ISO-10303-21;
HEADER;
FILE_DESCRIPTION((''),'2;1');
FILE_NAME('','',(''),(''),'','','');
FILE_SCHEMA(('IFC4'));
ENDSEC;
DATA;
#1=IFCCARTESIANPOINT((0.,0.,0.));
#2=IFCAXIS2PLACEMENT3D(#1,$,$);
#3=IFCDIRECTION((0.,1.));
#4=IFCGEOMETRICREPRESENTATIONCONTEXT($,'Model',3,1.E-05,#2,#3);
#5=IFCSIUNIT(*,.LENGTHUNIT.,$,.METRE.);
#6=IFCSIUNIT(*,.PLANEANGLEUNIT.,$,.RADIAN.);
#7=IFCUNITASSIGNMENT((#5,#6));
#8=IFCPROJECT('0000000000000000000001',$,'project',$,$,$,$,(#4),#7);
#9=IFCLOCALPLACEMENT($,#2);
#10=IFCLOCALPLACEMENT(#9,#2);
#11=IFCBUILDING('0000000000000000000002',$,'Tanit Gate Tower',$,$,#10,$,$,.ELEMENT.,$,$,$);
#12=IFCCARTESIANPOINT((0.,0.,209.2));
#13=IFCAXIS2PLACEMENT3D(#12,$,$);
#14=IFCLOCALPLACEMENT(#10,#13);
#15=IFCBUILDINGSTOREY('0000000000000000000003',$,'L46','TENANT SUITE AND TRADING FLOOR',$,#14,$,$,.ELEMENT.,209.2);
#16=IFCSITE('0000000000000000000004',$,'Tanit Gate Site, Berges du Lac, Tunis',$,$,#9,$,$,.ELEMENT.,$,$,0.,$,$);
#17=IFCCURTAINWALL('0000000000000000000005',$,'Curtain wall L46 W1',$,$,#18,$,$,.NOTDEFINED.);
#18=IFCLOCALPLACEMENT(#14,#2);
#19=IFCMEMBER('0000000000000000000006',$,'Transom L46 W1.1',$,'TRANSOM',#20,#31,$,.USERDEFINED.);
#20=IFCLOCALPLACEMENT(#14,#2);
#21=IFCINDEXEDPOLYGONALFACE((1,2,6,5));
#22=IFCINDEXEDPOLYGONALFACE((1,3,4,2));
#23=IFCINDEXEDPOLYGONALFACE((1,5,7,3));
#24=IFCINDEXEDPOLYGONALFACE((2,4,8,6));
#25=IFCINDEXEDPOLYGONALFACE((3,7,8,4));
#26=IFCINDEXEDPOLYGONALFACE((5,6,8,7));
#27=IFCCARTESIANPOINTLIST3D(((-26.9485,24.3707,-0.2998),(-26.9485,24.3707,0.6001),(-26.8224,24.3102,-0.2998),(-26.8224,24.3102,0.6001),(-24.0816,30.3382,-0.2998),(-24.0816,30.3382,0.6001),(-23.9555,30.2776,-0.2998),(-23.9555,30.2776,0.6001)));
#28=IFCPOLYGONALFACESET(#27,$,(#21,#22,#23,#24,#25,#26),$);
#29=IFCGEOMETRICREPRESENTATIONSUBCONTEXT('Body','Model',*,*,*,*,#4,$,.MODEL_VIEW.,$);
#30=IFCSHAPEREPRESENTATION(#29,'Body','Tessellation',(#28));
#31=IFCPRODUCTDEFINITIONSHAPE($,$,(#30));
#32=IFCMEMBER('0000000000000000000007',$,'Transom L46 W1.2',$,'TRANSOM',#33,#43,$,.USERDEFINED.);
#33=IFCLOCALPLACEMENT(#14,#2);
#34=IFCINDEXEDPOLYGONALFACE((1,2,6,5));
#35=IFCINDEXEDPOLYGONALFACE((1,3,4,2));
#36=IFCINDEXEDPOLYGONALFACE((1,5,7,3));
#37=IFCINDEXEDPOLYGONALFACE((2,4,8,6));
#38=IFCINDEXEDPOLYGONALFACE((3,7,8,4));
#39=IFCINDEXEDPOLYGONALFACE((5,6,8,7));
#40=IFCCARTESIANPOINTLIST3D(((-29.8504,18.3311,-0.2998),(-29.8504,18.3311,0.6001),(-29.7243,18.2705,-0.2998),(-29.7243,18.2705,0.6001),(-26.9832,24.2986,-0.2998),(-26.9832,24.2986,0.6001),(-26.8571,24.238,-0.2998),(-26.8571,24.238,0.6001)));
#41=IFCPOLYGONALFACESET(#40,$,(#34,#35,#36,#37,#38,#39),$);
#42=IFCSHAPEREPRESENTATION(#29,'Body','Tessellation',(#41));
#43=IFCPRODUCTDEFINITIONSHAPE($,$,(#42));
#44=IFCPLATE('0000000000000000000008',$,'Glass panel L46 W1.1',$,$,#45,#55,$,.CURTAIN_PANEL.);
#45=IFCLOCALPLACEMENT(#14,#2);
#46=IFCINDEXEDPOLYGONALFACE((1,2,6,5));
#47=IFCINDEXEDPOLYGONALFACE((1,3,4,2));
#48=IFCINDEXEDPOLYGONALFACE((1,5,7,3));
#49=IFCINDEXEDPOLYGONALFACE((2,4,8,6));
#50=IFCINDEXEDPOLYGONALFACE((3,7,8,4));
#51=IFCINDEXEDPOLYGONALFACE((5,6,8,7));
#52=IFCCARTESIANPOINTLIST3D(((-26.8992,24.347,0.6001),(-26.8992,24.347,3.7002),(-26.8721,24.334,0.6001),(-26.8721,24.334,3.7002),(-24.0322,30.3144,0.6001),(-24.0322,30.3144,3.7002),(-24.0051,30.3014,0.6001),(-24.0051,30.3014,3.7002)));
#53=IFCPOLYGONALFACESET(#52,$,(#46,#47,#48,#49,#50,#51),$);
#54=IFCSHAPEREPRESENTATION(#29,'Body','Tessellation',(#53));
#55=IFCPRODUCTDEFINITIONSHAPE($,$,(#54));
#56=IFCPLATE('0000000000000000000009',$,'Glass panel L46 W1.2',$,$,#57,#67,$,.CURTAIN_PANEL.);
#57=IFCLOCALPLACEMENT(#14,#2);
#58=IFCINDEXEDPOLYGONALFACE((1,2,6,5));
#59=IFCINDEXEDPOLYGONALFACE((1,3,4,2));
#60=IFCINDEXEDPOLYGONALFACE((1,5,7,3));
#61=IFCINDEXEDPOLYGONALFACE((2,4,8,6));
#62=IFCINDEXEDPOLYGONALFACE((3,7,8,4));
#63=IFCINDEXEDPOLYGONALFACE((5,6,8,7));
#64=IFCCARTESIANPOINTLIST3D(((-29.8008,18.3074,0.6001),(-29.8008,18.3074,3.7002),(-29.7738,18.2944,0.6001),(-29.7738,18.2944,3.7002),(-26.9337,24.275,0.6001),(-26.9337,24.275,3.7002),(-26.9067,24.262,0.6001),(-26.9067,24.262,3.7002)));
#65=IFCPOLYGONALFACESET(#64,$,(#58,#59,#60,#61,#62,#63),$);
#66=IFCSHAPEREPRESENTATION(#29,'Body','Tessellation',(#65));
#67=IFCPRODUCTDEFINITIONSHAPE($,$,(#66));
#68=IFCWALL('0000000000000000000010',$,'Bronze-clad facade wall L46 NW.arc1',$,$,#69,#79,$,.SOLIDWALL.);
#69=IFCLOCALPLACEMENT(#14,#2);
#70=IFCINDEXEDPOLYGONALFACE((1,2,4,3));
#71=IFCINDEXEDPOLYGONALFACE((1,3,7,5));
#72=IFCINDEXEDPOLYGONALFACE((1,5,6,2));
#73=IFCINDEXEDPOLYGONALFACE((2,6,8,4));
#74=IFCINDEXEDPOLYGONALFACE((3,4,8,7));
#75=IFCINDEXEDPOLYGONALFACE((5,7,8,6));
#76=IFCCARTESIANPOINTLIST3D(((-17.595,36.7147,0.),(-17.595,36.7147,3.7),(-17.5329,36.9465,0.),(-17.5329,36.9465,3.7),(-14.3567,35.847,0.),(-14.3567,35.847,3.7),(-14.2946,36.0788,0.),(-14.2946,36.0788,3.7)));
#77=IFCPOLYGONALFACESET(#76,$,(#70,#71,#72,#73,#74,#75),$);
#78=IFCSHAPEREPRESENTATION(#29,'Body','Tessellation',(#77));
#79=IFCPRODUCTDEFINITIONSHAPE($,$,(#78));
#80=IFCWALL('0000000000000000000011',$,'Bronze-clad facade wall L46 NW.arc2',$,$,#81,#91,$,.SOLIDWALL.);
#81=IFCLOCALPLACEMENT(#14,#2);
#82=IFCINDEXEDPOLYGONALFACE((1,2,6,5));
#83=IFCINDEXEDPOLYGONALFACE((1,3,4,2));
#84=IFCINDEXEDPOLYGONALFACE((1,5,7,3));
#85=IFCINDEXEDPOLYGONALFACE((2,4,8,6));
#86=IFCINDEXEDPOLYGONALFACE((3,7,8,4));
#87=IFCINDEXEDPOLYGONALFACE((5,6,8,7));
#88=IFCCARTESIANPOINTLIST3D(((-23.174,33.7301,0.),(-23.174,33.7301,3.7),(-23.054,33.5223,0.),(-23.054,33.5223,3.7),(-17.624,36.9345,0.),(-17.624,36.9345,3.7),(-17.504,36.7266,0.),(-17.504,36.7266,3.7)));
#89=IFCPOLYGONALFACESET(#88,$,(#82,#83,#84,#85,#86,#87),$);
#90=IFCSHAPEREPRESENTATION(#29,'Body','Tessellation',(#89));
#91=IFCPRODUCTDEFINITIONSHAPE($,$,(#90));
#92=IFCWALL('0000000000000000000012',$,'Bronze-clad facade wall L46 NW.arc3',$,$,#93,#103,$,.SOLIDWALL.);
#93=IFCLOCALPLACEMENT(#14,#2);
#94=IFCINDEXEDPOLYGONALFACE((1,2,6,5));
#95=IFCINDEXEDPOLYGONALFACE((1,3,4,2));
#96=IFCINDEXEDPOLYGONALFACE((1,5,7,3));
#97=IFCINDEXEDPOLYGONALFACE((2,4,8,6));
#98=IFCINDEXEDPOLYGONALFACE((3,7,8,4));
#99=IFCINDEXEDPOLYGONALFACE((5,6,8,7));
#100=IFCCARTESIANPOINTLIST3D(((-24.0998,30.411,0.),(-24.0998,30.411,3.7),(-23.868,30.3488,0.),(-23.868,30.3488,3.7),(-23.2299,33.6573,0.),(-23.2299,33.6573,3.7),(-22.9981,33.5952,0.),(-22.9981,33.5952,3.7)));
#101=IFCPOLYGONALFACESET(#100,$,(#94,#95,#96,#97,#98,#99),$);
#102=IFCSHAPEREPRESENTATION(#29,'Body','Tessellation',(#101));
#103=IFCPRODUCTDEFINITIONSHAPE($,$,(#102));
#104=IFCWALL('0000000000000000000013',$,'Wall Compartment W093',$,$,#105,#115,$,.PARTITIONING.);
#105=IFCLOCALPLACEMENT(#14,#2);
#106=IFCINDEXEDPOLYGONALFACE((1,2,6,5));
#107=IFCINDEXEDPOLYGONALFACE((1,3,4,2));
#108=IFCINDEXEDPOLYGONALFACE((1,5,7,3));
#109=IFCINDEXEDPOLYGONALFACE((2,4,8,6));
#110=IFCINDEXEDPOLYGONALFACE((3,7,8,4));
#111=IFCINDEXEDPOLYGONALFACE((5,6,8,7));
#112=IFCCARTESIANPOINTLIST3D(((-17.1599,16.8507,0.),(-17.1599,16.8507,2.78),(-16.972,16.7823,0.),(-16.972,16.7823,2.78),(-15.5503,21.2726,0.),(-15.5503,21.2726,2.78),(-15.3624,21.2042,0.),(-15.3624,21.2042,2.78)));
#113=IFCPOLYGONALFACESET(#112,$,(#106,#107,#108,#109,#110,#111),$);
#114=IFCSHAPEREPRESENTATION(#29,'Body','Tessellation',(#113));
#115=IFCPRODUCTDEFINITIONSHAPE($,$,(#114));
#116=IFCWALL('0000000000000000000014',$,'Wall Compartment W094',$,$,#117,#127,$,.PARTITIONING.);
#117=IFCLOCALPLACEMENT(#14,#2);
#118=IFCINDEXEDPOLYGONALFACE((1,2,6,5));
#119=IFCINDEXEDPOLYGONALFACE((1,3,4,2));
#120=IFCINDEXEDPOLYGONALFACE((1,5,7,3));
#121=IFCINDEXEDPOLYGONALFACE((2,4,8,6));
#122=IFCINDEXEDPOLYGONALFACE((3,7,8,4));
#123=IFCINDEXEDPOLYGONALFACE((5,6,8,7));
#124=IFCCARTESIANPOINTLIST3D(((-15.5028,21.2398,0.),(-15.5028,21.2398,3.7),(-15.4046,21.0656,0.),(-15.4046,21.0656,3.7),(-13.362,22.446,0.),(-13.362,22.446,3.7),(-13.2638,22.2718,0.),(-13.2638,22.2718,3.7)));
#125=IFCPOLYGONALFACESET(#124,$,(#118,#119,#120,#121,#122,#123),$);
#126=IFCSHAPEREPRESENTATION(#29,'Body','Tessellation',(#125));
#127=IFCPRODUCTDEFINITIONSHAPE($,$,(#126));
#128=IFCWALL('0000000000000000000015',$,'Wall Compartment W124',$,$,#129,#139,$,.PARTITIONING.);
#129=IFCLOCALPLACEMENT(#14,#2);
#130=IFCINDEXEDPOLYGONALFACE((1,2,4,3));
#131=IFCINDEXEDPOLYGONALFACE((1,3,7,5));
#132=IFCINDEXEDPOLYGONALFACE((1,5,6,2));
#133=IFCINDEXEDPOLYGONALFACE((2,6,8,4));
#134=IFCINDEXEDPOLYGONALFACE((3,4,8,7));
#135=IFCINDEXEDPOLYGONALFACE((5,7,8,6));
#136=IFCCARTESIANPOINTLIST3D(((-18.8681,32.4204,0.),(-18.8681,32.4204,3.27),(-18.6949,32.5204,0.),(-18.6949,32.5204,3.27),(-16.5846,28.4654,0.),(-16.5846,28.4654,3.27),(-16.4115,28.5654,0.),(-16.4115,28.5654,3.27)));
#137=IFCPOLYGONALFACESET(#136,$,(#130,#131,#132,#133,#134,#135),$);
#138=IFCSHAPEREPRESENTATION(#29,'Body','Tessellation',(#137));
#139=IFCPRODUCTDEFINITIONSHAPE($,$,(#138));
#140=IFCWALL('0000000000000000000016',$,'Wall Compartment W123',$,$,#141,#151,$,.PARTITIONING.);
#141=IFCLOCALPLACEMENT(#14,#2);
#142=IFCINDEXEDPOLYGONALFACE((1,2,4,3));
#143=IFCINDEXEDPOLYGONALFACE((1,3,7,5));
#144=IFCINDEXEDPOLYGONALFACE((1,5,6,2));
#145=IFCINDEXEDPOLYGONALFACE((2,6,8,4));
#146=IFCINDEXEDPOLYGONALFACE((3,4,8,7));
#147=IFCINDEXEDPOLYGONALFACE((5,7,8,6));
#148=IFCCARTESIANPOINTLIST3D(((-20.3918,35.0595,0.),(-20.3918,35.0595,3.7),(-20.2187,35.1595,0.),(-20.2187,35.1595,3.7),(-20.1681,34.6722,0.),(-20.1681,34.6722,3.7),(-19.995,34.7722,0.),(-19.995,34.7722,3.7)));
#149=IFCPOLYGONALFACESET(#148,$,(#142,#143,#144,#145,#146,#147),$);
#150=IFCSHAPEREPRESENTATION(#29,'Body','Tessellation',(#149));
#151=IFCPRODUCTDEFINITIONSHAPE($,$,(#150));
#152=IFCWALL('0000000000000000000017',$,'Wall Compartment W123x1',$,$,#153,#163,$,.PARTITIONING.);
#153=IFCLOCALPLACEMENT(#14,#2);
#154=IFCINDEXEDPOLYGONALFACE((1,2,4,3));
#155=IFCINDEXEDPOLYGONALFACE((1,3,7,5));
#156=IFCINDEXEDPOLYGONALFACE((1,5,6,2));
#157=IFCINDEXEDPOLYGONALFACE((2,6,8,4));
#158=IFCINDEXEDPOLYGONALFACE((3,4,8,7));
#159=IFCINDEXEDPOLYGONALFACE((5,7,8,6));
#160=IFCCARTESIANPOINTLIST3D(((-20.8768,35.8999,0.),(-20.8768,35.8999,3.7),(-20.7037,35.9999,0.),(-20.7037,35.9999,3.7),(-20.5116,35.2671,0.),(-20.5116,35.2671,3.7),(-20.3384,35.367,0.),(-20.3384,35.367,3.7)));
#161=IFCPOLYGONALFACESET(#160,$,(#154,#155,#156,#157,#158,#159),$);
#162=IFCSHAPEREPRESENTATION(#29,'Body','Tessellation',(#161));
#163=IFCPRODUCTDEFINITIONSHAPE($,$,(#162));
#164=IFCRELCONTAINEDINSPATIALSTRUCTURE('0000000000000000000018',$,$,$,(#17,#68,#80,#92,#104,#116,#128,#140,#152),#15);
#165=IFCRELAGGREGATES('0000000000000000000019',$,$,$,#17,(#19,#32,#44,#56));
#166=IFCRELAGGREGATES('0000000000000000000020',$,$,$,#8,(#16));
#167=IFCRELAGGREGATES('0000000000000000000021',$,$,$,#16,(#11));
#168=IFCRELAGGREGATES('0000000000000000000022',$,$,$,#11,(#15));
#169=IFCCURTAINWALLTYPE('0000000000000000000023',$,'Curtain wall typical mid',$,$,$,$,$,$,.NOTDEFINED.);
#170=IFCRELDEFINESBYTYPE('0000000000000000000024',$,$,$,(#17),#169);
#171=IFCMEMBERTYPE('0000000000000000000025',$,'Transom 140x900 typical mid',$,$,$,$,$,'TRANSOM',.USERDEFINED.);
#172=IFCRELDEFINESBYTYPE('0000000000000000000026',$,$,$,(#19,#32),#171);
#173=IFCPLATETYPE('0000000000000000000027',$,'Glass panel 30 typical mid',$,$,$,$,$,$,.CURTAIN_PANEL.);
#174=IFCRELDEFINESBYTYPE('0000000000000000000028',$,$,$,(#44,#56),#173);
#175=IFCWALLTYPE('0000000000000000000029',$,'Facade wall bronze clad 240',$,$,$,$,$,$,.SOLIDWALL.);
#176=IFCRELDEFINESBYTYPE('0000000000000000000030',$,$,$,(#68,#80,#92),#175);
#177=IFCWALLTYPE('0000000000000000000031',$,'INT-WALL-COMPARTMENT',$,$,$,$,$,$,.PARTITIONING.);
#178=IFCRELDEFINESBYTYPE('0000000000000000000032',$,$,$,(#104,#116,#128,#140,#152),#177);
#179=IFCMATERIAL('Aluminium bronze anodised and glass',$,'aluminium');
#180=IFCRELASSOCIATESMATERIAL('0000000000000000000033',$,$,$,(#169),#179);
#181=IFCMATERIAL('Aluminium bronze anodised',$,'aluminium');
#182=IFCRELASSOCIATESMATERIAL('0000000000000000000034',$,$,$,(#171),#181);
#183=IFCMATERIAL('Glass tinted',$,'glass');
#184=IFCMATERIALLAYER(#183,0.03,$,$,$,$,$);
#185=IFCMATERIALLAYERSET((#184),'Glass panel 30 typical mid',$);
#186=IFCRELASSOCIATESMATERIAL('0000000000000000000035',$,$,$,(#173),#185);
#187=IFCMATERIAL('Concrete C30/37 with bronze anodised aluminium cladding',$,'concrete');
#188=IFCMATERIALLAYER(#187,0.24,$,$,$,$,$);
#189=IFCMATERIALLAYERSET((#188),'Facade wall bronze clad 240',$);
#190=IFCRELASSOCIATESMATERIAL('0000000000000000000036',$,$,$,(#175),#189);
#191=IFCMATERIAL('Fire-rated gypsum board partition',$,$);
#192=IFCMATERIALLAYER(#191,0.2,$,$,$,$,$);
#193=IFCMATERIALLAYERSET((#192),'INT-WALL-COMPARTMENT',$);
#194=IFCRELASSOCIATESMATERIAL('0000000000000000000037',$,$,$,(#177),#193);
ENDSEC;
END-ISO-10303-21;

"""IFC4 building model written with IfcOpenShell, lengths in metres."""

from ifc_helpers import new_model, si_unit, direction, frame, frame_2d, origin, origin_2d, place, context, subcontext, project, spatial, rectangle, extrude, material, layer, layer_set, material_profile, profile_set, type_object, element, aggregate, save


model = new_model("IFC4")

# Units and contexts
model_context = context("Model", 3, precision=1e-05, world=origin(), true_north=direction((0.0, 1.0)))
body_context = subcontext(model_context, "Body", "Model", "MODEL_VIEW")
ifc_project = project(units=[si_unit("LENGTHUNIT", "METRE"), si_unit("PLANEANGLEUNIT", "RADIAN")], contexts=[model_context])

# Site, building, storey
site_placement = place(None, origin())
site = spatial("IfcSite", under=ifc_project, at=site_placement, Name="Tanit Gate Site, Berges du Lac, Tunis", CompositionType="ELEMENT", RefElevation=0.0)
building_placement = place(site_placement, origin())
building = spatial("IfcBuilding", under=site, at=building_placement, Name="Tanit Gate Tower", CompositionType="ELEMENT")
storey_placement = place(building_placement, frame((0.0, 0.0, 209.2)))
storey = spatial("IfcBuildingStorey", under=building, at=storey_placement, Name="L46", Description="TENANT SUITE AND TRADING FLOOR", CompositionType="ELEMENT", Elevation=209.2)

# Curtain wall
ifc_material_1 = material(Name="Aluminium bronze anodised and glass", Category="aluminium")
curtain_wall_type = type_object("IfcCurtainWallType", Name="Curtain wall typical mid", PredefinedType="NOTDEFINED", material=ifc_material_1)
curtain_wall_1_placement = place(storey_placement, origin())
curtain_wall_1 = element("IfcCurtainWall", 1, at=curtain_wall_1_placement, inside=storey, type_object=curtain_wall_type, Name="Curtain wall L46 W1", PredefinedType="NOTDEFINED")

# Members
ifc_material_2 = material(Name="Aluminium bronze anodised", Category="aluminium")
ifc_material_profile_1 = material_profile(ifc_material_2, rectangle(XDim=0.1399, YDim=0.8999, at=origin_2d()), Name="140x900 bronze transom")
ifc_profile_set_1 = profile_set([ifc_material_profile_1], Name="Aluminium bronze anodised")
member_type_1 = type_object("IfcMemberType", Name="Transom 140x900 typical mid", ElementType="TRANSOM", PredefinedType="USERDEFINED", material=ifc_profile_set_1)
member_1_placement = place(storey_placement, frame((-24.0186, 30.3079, 0.1501), z_axis=(-0.433042, -0.901374, 0.0), x_axis=(0.901374, -0.433042, 0.0)))
member_1 = element("IfcMember", 2, at=member_1_placement, type_object=member_type_1, Name="Transom L46 W1.1", ObjectType="TRANSOM", PredefinedType="USERDEFINED", context=body_context, shape_type="SweptSolid", body=[
    extrude(rectangle(XDim=0.1399, YDim=0.8999, at=origin_2d()), origin(), (0.0, 0.0, 1.0), 6.6204),
])
member_2_placement = place(storey_placement, frame((-26.9202, 24.2683, 0.1501), z_axis=(-0.433072, -0.90136, 0.0), x_axis=(0.90136, -0.433072, 0.0)))
member_2 = element("IfcMember", 3, at=member_2_placement, type_object=member_type_1, Name="Transom L46 W1.2", ObjectType="TRANSOM", PredefinedType="USERDEFINED", context=body_context, shape_type="SweptSolid", body=[
    extrude(rectangle(XDim=0.1399, YDim=0.8999, at=origin_2d()), origin(), (0.0, 0.0, 1.0), 6.6206),
])

# Plates
ifc_material_3 = material(Name="Glass tinted", Category="glass")
ifc_layer_1 = layer(ifc_material_3, 0.03)
ifc_layer_set_1 = layer_set([ifc_layer_1], Name="Glass panel 30 typical mid")
plate_type = type_object("IfcPlateType", Name="Glass panel 30 typical mid", PredefinedType="CURTAIN_PANEL", material=ifc_layer_set_1)
plate_1_placement = place(storey_placement, frame((-25.4521, 27.3242, 0.6001), z_axis=(0.0, 0.0, 1.0), x_axis=(-0.433057, -0.901367, 0.0)))
plate_1 = element("IfcPlate", 4, at=plate_1_placement, type_object=plate_type, Name="Glass panel L46 W1.1", PredefinedType="CURTAIN_PANEL", context=body_context, shape_type="SweptSolid", body=[
    extrude(rectangle(XDim=6.6204, YDim=0.03, at=origin_2d()), origin(), (0.0, 0.0, 1.0), 3.1001),
])
plate_2_placement = place(storey_placement, frame((-28.3538, 21.2847, 0.6001), z_axis=(0.0, 0.0, 1.0), x_axis=(-0.433057, -0.901367, 0.0)))
plate_2 = element("IfcPlate", 5, at=plate_2_placement, type_object=plate_type, Name="Glass panel L46 W1.2", PredefinedType="CURTAIN_PANEL", context=body_context, shape_type="SweptSolid", body=[
    extrude(rectangle(XDim=6.6206, YDim=0.03, at=origin_2d()), origin(), (0.0, 0.0, 1.0), 3.1001),
])
aggregate(curtain_wall_1, [member_1, member_2, plate_1, plate_2])

# Walls
ifc_material_4 = material(Name="Concrete C30/37 with bronze anodised aluminium cladding", Category="concrete")
ifc_layer_2 = layer(ifc_material_4, 0.24)
ifc_layer_set_2 = layer_set([ifc_layer_2], Name="Facade wall bronze clad 240")
wall_type_1 = type_object("IfcWallType", Name="Facade wall bronze clad 240", PredefinedType="SOLIDWALL", material=ifc_layer_set_2)
wall_1_placement = place(storey_placement, frame((-14.3257, 35.9629, 0.0), z_axis=(0.0, 0.0, 1.0), x_axis=(-0.965927, 0.258814, 0.0)))
element("IfcWall", 6, at=wall_1_placement, inside=storey, type_object=wall_type_1, Name="Bronze-clad facade wall L46 NW.arc1", PredefinedType="SOLIDWALL", context=body_context, shape_type="SweptSolid", body=[
    extrude(rectangle(XDim=3.3525, YDim=0.24, at=frame_2d((1.6763, 0.0))), origin(), (0.0, 0.0, 1.0), 3.7),
])
wall_2_placement = place(storey_placement, frame((-17.564, 36.8306, 0.0), z_axis=(0.0, 0.0, 1.0), x_axis=(-0.866024, -0.500003, 0.0)))
element("IfcWall", 7, at=wall_2_placement, inside=storey, type_object=wall_type_1, Name="Bronze-clad facade wall L46 NW.arc2", PredefinedType="SOLIDWALL", context=body_context, shape_type="SweptSolid", body=[
    extrude(rectangle(XDim=6.4087, YDim=0.24, at=frame_2d((3.2043, 0.0))), origin(), (0.0, 0.0, 1.0), 3.7),
])
wall_3_placement = place(storey_placement, frame((-23.114, 33.6262, 0.0), z_axis=(0.0, 0.0, 1.0), x_axis=(-0.258824, -0.965924, 0.0)))
element("IfcWall", 8, at=wall_3_placement, inside=storey, type_object=wall_type_1, Name="Bronze-clad facade wall L46 NW.arc3", PredefinedType="SOLIDWALL", context=body_context, shape_type="SweptSolid", body=[
    extrude(rectangle(XDim=3.3608, YDim=0.24, at=frame_2d((1.6804, 0.0))), origin(), (0.0, 0.0, 1.0), 3.7),
])
ifc_material_5 = material(Name="Fire-rated gypsum board partition")
ifc_layer_3 = layer(ifc_material_5, 0.2)
ifc_layer_set_3 = layer_set([ifc_layer_3], Name="INT-WALL-COMPARTMENT")
wall_type_2 = type_object("IfcWallType", Name="INT-WALL-COMPARTMENT", PredefinedType="PARTITIONING", material=ifc_layer_set_3)
wall_4_placement = place(storey_placement, frame((-15.4563, 21.2385, 0.0), z_axis=(0.0, 0.0, 1.0), x_axis=(-0.342055, -0.93968, 0.0)))
element("IfcWall", 9, at=wall_4_placement, inside=storey, type_object=wall_type_2, Name="Wall Compartment W093", PredefinedType="PARTITIONING", context=body_context, shape_type="SweptSolid", body=[
    extrude(rectangle(XDim=4.7058, YDim=0.2, at=frame_2d((2.353, 0.0))), origin(), (0.0, 0.0, 1.0), 2.78),
])
wall_5_placement = place(storey_placement, frame((-13.313, 22.3589, 0.0), z_axis=(0.0, 0.0, 1.0), x_axis=(-0.871217, -0.490898, 0.0)))
element("IfcWall", 10, at=wall_5_placement, inside=storey, type_object=wall_type_2, Name="Wall Compartment W094", PredefinedType="PARTITIONING", context=body_context, shape_type="SweptSolid", body=[
    extrude(rectangle(XDim=2.4573, YDim=0.2, at=frame_2d((1.2285, 0.0))), origin(), (0.0, 0.0, 1.0), 3.7),
])
wall_6_placement = place(storey_placement, frame((-16.498, 28.5154, 0.0), z_axis=(0.0, 0.0, 1.0), x_axis=(-0.499997, 0.866027, 0.0)))
element("IfcWall", 11, at=wall_6_placement, inside=storey, type_object=wall_type_2, Name="Wall Compartment W124", PredefinedType="PARTITIONING", context=body_context, shape_type="SweptSolid", body=[
    extrude(rectangle(XDim=4.5669, YDim=0.2, at=frame_2d((2.2834, 0.0))), origin(), (0.0, 0.0, 1.0), 3.27),
])
wall_7_placement = place(storey_placement, frame((-20.0815, 34.7222, 0.0), z_axis=(0.0, 0.0, 1.0), x_axis=(-0.500132, 0.865949, 0.0)))
element("IfcWall", 12, at=wall_7_placement, inside=storey, type_object=wall_type_2, Name="Wall Compartment W123", PredefinedType="PARTITIONING", context=body_context, shape_type="SweptSolid", body=[
    extrude(rectangle(XDim=0.4473, YDim=0.2, at=frame_2d((0.2236, 0.0))), origin(), (0.0, 0.0, 1.0), 3.7),
])
wall_8_placement = place(storey_placement, frame((-20.425, 35.3171, 0.0), z_axis=(0.0, 0.0, 1.0), x_axis=(-0.499877, 0.866097, 0.0)))
element("IfcWall", 13, at=wall_8_placement, inside=storey, type_object=wall_type_2, Name="Wall Compartment W123x1", PredefinedType="PARTITIONING", context=body_context, shape_type="SweptSolid", body=[
    extrude(rectangle(XDim=0.7307, YDim=0.2, at=frame_2d((0.3652, 0.0))), origin(), (0.0, 0.0, 1.0), 3.7),
])

save(model, "model.ifc")
